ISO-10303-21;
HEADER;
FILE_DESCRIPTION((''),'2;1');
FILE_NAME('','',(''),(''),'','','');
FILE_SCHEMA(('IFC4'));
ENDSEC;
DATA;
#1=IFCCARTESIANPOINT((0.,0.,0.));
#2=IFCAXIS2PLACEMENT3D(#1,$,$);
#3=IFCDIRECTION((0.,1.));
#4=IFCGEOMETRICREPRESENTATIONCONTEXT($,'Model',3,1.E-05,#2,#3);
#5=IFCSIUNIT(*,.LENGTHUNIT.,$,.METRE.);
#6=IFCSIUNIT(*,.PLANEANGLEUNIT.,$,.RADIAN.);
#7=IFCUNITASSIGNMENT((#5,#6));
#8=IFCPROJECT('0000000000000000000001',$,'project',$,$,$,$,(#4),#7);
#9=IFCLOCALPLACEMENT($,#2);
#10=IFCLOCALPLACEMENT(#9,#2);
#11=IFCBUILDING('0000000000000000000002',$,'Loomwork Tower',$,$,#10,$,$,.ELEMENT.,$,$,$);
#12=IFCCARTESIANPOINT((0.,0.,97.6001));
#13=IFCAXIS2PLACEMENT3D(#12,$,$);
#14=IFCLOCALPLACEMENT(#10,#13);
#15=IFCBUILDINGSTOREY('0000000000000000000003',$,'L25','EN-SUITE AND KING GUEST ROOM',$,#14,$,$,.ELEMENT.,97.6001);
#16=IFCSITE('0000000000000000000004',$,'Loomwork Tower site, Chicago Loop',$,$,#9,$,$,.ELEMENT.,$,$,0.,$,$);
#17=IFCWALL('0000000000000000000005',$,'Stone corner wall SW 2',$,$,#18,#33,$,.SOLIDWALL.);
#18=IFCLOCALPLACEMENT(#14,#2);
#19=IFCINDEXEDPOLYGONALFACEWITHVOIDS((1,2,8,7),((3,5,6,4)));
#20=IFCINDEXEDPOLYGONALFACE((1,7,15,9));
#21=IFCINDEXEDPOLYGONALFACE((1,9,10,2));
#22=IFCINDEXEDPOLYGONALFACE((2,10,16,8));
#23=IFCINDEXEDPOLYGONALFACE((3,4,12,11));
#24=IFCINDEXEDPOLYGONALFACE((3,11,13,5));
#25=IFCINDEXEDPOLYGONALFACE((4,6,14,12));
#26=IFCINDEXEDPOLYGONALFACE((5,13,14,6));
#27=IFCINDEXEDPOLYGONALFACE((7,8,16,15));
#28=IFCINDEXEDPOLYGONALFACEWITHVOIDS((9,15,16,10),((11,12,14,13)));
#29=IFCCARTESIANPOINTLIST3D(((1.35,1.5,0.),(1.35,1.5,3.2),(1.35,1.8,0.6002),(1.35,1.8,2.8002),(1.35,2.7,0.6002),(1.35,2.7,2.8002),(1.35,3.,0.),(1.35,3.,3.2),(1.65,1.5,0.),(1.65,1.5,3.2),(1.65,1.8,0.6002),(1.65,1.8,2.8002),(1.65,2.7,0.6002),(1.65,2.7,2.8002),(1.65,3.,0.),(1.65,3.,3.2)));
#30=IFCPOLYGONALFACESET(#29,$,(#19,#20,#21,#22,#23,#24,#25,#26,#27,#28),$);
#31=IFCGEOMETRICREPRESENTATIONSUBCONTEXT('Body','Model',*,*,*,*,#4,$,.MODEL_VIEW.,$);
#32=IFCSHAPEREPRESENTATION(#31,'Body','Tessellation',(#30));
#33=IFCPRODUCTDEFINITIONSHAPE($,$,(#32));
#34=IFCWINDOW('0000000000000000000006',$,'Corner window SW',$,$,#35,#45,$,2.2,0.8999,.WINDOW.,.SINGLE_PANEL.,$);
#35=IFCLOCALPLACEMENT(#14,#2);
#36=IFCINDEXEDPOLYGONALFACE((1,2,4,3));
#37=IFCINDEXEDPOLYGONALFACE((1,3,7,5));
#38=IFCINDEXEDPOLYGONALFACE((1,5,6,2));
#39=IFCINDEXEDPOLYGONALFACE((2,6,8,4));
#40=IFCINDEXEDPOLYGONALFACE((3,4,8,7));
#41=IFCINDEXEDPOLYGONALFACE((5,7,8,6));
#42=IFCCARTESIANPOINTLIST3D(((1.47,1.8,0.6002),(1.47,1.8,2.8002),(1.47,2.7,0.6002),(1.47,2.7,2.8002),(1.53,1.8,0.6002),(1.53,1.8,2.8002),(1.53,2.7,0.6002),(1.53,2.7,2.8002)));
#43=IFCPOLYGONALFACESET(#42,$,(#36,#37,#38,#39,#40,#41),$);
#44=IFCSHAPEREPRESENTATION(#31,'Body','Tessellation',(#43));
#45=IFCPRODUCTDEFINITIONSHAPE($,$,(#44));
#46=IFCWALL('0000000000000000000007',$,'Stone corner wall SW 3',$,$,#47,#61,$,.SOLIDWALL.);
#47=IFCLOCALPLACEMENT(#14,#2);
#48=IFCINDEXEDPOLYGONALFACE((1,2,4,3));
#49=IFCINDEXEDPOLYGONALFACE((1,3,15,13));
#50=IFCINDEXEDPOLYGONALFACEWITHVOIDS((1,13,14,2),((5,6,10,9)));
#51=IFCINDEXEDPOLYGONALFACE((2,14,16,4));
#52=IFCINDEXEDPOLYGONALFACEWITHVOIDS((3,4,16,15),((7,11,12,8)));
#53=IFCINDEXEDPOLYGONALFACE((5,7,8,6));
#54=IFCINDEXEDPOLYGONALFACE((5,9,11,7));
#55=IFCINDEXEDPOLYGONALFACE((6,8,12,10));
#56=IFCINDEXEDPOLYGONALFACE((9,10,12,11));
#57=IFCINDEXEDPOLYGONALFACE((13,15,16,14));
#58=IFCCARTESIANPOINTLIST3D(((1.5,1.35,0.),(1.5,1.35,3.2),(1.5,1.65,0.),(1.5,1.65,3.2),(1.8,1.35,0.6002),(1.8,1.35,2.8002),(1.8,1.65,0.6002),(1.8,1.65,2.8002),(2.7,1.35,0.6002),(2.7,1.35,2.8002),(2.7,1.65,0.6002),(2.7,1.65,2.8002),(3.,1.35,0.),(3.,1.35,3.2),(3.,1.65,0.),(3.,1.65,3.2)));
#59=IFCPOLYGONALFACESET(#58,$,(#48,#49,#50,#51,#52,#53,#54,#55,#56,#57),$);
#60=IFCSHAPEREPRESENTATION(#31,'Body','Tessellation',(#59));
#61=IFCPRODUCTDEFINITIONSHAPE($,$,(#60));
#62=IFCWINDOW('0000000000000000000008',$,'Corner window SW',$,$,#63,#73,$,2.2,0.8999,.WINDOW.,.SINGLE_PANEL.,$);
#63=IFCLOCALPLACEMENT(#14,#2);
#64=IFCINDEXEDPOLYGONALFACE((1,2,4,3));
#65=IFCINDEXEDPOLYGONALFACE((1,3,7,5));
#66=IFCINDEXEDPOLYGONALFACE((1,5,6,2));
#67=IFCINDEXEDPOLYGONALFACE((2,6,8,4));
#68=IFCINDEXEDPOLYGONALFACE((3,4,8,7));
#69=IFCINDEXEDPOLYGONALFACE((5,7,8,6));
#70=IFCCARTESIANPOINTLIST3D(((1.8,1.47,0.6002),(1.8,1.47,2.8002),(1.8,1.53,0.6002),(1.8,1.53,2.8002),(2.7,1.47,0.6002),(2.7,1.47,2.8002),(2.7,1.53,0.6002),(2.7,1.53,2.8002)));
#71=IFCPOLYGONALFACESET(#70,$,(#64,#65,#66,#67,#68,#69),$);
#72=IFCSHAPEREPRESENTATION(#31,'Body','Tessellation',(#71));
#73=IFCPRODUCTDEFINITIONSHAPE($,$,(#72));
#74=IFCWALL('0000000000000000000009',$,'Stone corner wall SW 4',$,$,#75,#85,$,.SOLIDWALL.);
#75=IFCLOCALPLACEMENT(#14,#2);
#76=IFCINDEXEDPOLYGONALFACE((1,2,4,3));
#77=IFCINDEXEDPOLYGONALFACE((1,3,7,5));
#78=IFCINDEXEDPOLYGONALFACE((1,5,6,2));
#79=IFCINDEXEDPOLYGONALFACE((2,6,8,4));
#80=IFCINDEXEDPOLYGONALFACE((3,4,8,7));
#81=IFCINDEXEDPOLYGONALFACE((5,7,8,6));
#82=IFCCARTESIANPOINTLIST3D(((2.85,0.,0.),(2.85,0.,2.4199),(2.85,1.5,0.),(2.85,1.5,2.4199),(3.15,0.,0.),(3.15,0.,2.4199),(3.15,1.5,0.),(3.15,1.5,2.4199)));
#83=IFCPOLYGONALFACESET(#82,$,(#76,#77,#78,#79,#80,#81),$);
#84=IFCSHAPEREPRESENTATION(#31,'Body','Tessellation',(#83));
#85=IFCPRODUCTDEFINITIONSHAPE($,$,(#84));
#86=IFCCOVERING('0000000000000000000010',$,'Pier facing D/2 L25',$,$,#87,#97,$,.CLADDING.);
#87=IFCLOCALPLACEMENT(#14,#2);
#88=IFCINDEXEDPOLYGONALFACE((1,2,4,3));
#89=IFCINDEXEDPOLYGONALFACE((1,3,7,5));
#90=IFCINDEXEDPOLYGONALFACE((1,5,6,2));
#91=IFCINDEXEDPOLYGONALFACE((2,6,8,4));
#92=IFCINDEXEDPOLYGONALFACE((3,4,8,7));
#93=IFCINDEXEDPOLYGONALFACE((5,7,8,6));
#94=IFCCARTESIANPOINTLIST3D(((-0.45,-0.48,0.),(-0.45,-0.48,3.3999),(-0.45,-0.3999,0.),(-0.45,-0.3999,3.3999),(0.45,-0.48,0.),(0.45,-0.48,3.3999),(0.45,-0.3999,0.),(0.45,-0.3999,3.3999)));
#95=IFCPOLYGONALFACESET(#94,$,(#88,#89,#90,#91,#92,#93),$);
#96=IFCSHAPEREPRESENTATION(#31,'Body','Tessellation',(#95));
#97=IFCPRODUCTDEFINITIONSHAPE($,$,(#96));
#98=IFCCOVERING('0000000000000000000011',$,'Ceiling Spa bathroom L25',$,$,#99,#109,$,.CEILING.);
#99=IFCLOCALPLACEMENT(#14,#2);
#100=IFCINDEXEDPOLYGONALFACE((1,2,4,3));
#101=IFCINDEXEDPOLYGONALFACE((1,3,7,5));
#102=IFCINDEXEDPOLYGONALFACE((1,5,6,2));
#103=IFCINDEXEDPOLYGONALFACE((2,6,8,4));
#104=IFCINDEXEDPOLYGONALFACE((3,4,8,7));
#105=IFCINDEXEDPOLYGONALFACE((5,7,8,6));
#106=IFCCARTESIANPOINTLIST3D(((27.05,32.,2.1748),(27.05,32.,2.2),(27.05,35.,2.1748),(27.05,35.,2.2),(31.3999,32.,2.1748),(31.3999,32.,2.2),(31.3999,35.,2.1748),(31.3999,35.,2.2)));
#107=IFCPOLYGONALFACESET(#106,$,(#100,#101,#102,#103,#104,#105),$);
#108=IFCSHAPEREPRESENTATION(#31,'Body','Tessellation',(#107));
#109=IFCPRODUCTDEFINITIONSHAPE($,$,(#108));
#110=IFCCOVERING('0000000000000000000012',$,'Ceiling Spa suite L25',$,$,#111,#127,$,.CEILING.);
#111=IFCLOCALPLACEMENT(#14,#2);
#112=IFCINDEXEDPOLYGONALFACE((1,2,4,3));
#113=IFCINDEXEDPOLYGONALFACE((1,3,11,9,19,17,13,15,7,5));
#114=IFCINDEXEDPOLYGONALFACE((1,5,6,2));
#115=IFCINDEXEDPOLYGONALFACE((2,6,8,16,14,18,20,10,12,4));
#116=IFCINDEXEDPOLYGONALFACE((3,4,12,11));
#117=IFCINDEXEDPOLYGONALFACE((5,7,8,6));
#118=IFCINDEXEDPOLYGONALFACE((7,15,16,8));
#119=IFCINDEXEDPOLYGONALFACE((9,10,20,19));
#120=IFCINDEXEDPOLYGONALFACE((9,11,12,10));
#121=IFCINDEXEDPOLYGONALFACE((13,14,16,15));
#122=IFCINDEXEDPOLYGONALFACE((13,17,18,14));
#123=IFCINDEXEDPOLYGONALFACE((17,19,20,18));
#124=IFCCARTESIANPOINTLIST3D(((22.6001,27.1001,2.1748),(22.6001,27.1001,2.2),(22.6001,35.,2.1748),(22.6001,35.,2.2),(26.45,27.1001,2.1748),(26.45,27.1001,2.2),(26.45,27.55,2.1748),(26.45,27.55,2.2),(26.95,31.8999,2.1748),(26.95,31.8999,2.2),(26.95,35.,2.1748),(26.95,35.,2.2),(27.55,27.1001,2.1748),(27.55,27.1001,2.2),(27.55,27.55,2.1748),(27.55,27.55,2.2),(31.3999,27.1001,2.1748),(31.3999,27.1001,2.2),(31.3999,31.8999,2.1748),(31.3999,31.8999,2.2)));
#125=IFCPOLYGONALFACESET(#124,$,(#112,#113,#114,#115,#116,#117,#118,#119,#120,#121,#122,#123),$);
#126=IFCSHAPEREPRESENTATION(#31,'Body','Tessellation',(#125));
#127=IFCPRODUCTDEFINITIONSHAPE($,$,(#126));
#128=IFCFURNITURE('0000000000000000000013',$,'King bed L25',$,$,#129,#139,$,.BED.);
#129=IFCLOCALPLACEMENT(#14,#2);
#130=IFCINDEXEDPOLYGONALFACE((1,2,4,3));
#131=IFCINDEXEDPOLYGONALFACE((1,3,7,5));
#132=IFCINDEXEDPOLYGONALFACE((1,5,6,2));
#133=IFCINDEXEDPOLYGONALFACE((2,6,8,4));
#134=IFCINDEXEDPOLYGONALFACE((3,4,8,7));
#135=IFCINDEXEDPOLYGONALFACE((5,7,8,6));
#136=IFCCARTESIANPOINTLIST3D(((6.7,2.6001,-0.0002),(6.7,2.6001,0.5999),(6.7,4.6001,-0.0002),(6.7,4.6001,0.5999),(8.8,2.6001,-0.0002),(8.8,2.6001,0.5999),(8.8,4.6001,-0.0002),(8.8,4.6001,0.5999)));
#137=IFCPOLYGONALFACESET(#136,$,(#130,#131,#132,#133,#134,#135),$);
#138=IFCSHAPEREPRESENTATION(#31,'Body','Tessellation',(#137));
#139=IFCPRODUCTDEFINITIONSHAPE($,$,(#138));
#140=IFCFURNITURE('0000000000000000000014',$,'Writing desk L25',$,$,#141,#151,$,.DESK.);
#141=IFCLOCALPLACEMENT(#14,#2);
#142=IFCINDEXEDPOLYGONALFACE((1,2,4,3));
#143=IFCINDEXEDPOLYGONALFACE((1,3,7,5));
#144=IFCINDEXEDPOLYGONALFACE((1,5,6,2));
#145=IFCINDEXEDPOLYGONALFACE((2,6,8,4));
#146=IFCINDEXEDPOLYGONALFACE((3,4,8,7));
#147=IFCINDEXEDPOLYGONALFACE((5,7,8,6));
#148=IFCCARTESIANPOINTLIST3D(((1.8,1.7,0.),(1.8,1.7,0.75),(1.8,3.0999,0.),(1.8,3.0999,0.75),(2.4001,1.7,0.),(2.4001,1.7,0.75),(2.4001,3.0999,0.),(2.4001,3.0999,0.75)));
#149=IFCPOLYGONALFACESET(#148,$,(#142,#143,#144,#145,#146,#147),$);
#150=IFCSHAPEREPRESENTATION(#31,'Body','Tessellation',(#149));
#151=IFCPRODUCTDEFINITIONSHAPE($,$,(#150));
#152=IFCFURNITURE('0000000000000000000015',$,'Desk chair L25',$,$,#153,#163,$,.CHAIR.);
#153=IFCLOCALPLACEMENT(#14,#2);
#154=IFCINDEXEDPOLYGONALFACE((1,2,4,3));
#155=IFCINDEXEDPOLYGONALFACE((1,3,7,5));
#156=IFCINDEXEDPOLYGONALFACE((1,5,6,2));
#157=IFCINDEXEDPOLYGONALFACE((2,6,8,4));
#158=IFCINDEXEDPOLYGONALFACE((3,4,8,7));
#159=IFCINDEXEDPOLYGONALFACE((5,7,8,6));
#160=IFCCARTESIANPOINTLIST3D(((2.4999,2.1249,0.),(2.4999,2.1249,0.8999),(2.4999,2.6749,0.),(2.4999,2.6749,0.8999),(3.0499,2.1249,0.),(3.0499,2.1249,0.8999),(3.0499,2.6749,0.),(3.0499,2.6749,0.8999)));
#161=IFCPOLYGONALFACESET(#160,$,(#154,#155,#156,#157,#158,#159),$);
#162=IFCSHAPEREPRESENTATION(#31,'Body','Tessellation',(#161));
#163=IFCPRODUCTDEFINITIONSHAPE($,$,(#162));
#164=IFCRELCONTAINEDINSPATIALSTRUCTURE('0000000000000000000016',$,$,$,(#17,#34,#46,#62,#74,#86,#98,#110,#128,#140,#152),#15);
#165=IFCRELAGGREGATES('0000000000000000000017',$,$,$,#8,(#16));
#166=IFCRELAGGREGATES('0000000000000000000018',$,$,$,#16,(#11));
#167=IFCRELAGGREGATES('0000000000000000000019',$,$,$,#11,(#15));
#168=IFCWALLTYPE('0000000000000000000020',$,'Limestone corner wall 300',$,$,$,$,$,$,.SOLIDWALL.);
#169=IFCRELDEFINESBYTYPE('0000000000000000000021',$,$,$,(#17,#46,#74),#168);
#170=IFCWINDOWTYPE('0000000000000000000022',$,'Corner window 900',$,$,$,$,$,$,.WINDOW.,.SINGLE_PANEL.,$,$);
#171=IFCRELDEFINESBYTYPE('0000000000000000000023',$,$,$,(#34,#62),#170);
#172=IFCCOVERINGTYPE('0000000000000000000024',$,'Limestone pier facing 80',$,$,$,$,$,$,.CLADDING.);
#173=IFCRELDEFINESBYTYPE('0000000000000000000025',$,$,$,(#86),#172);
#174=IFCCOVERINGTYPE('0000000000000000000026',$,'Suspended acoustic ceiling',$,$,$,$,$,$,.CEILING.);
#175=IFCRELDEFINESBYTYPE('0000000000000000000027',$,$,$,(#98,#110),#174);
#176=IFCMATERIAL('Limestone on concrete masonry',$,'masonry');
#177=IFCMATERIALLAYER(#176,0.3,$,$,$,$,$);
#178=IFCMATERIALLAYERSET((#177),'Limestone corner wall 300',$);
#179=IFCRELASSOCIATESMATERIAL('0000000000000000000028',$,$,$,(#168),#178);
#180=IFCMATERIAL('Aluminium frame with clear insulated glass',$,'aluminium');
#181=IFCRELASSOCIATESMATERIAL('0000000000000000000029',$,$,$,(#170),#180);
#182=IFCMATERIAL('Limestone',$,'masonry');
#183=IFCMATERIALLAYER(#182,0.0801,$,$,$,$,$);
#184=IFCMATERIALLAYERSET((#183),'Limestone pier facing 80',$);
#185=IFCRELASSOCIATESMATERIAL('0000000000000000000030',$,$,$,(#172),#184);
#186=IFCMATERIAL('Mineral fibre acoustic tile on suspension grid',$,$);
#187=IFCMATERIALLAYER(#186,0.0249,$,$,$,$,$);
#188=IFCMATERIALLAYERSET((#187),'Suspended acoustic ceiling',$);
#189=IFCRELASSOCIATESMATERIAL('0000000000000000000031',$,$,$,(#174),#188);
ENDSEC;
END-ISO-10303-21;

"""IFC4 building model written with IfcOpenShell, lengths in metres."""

from ifc_helpers import new_model, si_unit, direction, frame, frame_2d, origin, origin_2d, place, context, subcontext, project, spatial, polyline, rectangle, outline, extrude, material, layer, layer_set, type_object, element, fill, save


model = new_model("IFC4")

# Units and contexts
model_context = context("Model", 3, precision=1e-05, world=origin(), true_north=direction((0.0, 1.0)))
body_context = subcontext(model_context, "Body", "Model", "MODEL_VIEW")
ifc_project = project(units=[si_unit("LENGTHUNIT", "METRE"), si_unit("PLANEANGLEUNIT", "RADIAN")], contexts=[model_context])

# Site, building, storey
site_placement = place(None, origin())
site = spatial("IfcSite", under=ifc_project, at=site_placement, Name="Loomwork Tower site, Chicago Loop", CompositionType="ELEMENT", RefElevation=0.0)
building_placement = place(site_placement, origin())
building = spatial("IfcBuilding", under=site, at=building_placement, Name="Loomwork Tower", CompositionType="ELEMENT")
storey_placement = place(building_placement, frame((0.0, 0.0, 97.6001)))
storey = spatial("IfcBuildingStorey", under=building, at=storey_placement, Name="L25", Description="EN-SUITE AND KING GUEST ROOM", CompositionType="ELEMENT", Elevation=97.6001)

# Shared definitions
ifc_material_1 = material(Name="Limestone on concrete masonry", Category="masonry")
ifc_layer_1 = layer(ifc_material_1, 0.3)
ifc_layer_set_1 = layer_set([ifc_layer_1], Name="Limestone corner wall 300")
wall_type_1 = type_object("IfcWallType", Name="Limestone corner wall 300", PredefinedType="SOLIDWALL", material=ifc_layer_set_1)

# Walls, openings, windows
wall_1_placement = place(storey_placement, frame((1.5, 3.0, 0.0), z_axis=(0.0, 0.0, 1.0), x_axis=(0.0, -1.0, 0.0)))
wall_1 = element("IfcWall", 1, at=wall_1_placement, inside=storey, type_object=wall_type_1, Name="Stone corner wall SW 2", PredefinedType="SOLIDWALL", context=body_context, shape_type="SweptSolid", body=[
    extrude(rectangle(XDim=1.5, YDim=0.3, at=frame_2d((0.75, 0.0))), origin(), (0.0, 0.0, 1.0), 3.2),
])
opening_1_placement = place(wall_1_placement, frame((0.3, 0.0, 0.6001)))
opening_1 = element("IfcOpeningElement", 2, at=opening_1_placement, cuts=wall_1, PredefinedType="OPENING", context=body_context, shape_type="SweptSolid", body=[
    extrude(rectangle(XDim=0.8999, YDim=2.2, at=frame_2d((0.45, 1.1001))), frame((0.0, 0.1599, 0.0), z_axis=(0.0, -1.0, 0.0), x_axis=(1.0, 0.0, 0.0)), (0.0, 0.0, 1.0), 0.3201),
])
ifc_material_2 = material(Name="Aluminium frame with clear insulated glass", Category="aluminium")
window_type_1 = type_object("IfcWindowType", Name="Corner window 900", PartitioningType="SINGLE_PANEL", PredefinedType="WINDOW", material=ifc_material_2)
window_1_placement = place(opening_1_placement, origin())
window_1 = element("IfcWindow", 3, at=window_1_placement, inside=storey, type_object=window_type_1, Name="Corner window SW", OverallHeight=2.2, OverallWidth=0.8999, PartitioningType="SINGLE_PANEL", PredefinedType="WINDOW", context=body_context, shape_type="SweptSolid", body=[
    extrude(rectangle(XDim=0.8999, YDim=2.2, at=frame_2d((0.45, 1.1001))), frame((0.0, 0.03, 0.0), z_axis=(0.0, -1.0, 0.0), x_axis=(1.0, 0.0, 0.0)), (0.0, 0.0, 1.0), 0.0601),
])
fill(opening_1, window_1)
wall_2_placement = place(storey_placement, frame((1.5, 1.5, 0.0), z_axis=(0.0, 0.0, 1.0), x_axis=(1.0, 0.0, 0.0)))
wall_2 = element("IfcWall", 4, at=wall_2_placement, inside=storey, type_object=wall_type_1, Name="Stone corner wall SW 3", PredefinedType="SOLIDWALL", context=body_context, shape_type="SweptSolid", body=[
    extrude(rectangle(XDim=1.5, YDim=0.3, at=frame_2d((0.75, 0.0))), origin(), (0.0, 0.0, 1.0), 3.2),
])
opening_2_placement = place(wall_2_placement, frame((0.3, 0.0, 0.6001)))
opening_2 = element("IfcOpeningElement", 5, at=opening_2_placement, cuts=wall_2, PredefinedType="OPENING", context=body_context, shape_type="SweptSolid", body=[
    extrude(rectangle(XDim=0.8999, YDim=2.2, at=frame_2d((0.45, 1.1001))), frame((0.0, 0.1599, 0.0), z_axis=(0.0, -1.0, 0.0), x_axis=(1.0, 0.0, 0.0)), (0.0, 0.0, 1.0), 0.3201),
])
window_2_placement = place(opening_2_placement, origin())
window_2 = element("IfcWindow", 6, at=window_2_placement, inside=storey, type_object=window_type_1, Name="Corner window SW", OverallHeight=2.2, OverallWidth=0.8999, PartitioningType="SINGLE_PANEL", PredefinedType="WINDOW", context=body_context, shape_type="SweptSolid", body=[
    extrude(rectangle(XDim=0.8999, YDim=2.2, at=frame_2d((0.45, 1.1001))), frame((0.0, 0.03, 0.0), z_axis=(0.0, -1.0, 0.0), x_axis=(1.0, 0.0, 0.0)), (0.0, 0.0, 1.0), 0.0601),
])
fill(opening_2, window_2)

# Wall
wall_3_placement = place(storey_placement, frame((3.0, 1.5, 0.0), z_axis=(0.0, 0.0, 1.0), x_axis=(0.0, -1.0, 0.0)))
element("IfcWall", 7, at=wall_3_placement, inside=storey, type_object=wall_type_1, Name="Stone corner wall SW 4", PredefinedType="SOLIDWALL", context=body_context, shape_type="SweptSolid", body=[
    extrude(rectangle(XDim=1.5, YDim=0.3, at=frame_2d((0.75, 0.0))), origin(), (0.0, 0.0, 1.0), 2.4199),
])

# Coverings
ifc_material_3 = material(Name="Limestone", Category="masonry")
ifc_layer_2 = layer(ifc_material_3, 0.0801)
ifc_layer_set_2 = layer_set([ifc_layer_2], Name="Limestone pier facing 80")
covering_type_1 = type_object("IfcCoveringType", Name="Limestone pier facing 80", PredefinedType="CLADDING", material=ifc_layer_set_2)
covering_1_placement = place(storey_placement, frame((0.0, -0.4399, 0.0), z_axis=(0.0, 0.0, 1.0), x_axis=(1.0, 0.0, 0.0)))
element("IfcCovering", 8, at=covering_1_placement, inside=storey, type_object=covering_type_1, Name="Pier facing D/2 L25", PredefinedType="CLADDING", context=body_context, shape_type="SweptSolid", body=[
    extrude(rectangle(XDim=0.8999, YDim=0.0801, at=origin_2d()), origin(), (0.0, 0.0, 1.0), 3.3999),
])
ifc_material_4 = material(Name="Mineral fibre acoustic tile on suspension grid")
ifc_layer_3 = layer(ifc_material_4, 0.0249)
ifc_layer_set_3 = layer_set([ifc_layer_3], Name="Suspended acoustic ceiling")
covering_type_2 = type_object("IfcCoveringType", Name="Suspended acoustic ceiling", PredefinedType="CEILING", material=ifc_layer_set_3)
covering_2_placement = place(storey_placement, frame((0.0, 0.0, 2.1748)))
element("IfcCovering", 9, at=covering_2_placement, inside=storey, type_object=covering_type_2, Name="Ceiling Spa bathroom L25", PredefinedType="CEILING", context=body_context, shape_type="SweptSolid", body=[
    extrude(outline(polyline([(27.05, 35.0), (31.3999, 35.0), (31.3999, 32.0), (27.05, 32.0), (27.05, 35.0)])), origin(), (0.0, 0.0, 1.0), 0.0251),
])
covering_3_placement = place(storey_placement, frame((0.0, 0.0, 2.1748)))
element("IfcCovering", 10, at=covering_3_placement, inside=storey, type_object=covering_type_2, Name="Ceiling Spa suite L25", PredefinedType="CEILING", context=body_context, shape_type="SweptSolid", body=[
    extrude(outline(polyline([(22.6001, 35.0), (26.95, 35.0), (26.95, 31.8999), (31.3999, 31.8999), (31.3999, 27.1001), (27.55, 27.1001), (27.55, 27.55), (26.45, 27.55), (26.45, 27.1001), (22.6001, 27.1001), (22.6001, 35.0)])), origin(), (0.0, 0.0, 1.0), 0.0251),
])

# Furniture
furniture_1_placement = place(storey_placement, frame((7.75, 3.6001, -0.0002), z_axis=(0.0, 0.0, 1.0), x_axis=(1.0, 0.0, 0.0)))
element("IfcFurniture", 11, at=furniture_1_placement, inside=storey, Name="King bed L25", PredefinedType="BED", context=body_context, shape_type="SweptSolid", body=[
    extrude(rectangle(XDim=2.1001, YDim=2.0, at=origin_2d()), origin(), (0.0, 0.0, 1.0), 0.6001),
])
furniture_2_placement = place(storey_placement, frame((2.1001, 2.3999, 0.0), z_axis=(0.0, 0.0, 1.0), x_axis=(1.0, 0.0, 0.0)))
element("IfcFurniture", 12, at=furniture_2_placement, inside=storey, Name="Writing desk L25", PredefinedType="DESK", context=body_context, shape_type="SweptSolid", body=[
    extrude(rectangle(XDim=0.6001, YDim=1.3999, at=origin_2d()), origin(), (0.0, 0.0, 1.0), 0.75),
])
furniture_3_placement = place(storey_placement, frame((2.7749, 2.3999, 0.0), z_axis=(0.0, 0.0, 1.0), x_axis=(1.0, 0.0, 0.0)))
element("IfcFurniture", 13, at=furniture_3_placement, inside=storey, Name="Desk chair L25", PredefinedType="CHAIR", context=body_context, shape_type="SweptSolid", body=[
    extrude(rectangle(XDim=0.55, YDim=0.55, at=origin_2d()), origin(), (0.0, 0.0, 1.0), 0.8999),
])

save(model, "model.ifc")
